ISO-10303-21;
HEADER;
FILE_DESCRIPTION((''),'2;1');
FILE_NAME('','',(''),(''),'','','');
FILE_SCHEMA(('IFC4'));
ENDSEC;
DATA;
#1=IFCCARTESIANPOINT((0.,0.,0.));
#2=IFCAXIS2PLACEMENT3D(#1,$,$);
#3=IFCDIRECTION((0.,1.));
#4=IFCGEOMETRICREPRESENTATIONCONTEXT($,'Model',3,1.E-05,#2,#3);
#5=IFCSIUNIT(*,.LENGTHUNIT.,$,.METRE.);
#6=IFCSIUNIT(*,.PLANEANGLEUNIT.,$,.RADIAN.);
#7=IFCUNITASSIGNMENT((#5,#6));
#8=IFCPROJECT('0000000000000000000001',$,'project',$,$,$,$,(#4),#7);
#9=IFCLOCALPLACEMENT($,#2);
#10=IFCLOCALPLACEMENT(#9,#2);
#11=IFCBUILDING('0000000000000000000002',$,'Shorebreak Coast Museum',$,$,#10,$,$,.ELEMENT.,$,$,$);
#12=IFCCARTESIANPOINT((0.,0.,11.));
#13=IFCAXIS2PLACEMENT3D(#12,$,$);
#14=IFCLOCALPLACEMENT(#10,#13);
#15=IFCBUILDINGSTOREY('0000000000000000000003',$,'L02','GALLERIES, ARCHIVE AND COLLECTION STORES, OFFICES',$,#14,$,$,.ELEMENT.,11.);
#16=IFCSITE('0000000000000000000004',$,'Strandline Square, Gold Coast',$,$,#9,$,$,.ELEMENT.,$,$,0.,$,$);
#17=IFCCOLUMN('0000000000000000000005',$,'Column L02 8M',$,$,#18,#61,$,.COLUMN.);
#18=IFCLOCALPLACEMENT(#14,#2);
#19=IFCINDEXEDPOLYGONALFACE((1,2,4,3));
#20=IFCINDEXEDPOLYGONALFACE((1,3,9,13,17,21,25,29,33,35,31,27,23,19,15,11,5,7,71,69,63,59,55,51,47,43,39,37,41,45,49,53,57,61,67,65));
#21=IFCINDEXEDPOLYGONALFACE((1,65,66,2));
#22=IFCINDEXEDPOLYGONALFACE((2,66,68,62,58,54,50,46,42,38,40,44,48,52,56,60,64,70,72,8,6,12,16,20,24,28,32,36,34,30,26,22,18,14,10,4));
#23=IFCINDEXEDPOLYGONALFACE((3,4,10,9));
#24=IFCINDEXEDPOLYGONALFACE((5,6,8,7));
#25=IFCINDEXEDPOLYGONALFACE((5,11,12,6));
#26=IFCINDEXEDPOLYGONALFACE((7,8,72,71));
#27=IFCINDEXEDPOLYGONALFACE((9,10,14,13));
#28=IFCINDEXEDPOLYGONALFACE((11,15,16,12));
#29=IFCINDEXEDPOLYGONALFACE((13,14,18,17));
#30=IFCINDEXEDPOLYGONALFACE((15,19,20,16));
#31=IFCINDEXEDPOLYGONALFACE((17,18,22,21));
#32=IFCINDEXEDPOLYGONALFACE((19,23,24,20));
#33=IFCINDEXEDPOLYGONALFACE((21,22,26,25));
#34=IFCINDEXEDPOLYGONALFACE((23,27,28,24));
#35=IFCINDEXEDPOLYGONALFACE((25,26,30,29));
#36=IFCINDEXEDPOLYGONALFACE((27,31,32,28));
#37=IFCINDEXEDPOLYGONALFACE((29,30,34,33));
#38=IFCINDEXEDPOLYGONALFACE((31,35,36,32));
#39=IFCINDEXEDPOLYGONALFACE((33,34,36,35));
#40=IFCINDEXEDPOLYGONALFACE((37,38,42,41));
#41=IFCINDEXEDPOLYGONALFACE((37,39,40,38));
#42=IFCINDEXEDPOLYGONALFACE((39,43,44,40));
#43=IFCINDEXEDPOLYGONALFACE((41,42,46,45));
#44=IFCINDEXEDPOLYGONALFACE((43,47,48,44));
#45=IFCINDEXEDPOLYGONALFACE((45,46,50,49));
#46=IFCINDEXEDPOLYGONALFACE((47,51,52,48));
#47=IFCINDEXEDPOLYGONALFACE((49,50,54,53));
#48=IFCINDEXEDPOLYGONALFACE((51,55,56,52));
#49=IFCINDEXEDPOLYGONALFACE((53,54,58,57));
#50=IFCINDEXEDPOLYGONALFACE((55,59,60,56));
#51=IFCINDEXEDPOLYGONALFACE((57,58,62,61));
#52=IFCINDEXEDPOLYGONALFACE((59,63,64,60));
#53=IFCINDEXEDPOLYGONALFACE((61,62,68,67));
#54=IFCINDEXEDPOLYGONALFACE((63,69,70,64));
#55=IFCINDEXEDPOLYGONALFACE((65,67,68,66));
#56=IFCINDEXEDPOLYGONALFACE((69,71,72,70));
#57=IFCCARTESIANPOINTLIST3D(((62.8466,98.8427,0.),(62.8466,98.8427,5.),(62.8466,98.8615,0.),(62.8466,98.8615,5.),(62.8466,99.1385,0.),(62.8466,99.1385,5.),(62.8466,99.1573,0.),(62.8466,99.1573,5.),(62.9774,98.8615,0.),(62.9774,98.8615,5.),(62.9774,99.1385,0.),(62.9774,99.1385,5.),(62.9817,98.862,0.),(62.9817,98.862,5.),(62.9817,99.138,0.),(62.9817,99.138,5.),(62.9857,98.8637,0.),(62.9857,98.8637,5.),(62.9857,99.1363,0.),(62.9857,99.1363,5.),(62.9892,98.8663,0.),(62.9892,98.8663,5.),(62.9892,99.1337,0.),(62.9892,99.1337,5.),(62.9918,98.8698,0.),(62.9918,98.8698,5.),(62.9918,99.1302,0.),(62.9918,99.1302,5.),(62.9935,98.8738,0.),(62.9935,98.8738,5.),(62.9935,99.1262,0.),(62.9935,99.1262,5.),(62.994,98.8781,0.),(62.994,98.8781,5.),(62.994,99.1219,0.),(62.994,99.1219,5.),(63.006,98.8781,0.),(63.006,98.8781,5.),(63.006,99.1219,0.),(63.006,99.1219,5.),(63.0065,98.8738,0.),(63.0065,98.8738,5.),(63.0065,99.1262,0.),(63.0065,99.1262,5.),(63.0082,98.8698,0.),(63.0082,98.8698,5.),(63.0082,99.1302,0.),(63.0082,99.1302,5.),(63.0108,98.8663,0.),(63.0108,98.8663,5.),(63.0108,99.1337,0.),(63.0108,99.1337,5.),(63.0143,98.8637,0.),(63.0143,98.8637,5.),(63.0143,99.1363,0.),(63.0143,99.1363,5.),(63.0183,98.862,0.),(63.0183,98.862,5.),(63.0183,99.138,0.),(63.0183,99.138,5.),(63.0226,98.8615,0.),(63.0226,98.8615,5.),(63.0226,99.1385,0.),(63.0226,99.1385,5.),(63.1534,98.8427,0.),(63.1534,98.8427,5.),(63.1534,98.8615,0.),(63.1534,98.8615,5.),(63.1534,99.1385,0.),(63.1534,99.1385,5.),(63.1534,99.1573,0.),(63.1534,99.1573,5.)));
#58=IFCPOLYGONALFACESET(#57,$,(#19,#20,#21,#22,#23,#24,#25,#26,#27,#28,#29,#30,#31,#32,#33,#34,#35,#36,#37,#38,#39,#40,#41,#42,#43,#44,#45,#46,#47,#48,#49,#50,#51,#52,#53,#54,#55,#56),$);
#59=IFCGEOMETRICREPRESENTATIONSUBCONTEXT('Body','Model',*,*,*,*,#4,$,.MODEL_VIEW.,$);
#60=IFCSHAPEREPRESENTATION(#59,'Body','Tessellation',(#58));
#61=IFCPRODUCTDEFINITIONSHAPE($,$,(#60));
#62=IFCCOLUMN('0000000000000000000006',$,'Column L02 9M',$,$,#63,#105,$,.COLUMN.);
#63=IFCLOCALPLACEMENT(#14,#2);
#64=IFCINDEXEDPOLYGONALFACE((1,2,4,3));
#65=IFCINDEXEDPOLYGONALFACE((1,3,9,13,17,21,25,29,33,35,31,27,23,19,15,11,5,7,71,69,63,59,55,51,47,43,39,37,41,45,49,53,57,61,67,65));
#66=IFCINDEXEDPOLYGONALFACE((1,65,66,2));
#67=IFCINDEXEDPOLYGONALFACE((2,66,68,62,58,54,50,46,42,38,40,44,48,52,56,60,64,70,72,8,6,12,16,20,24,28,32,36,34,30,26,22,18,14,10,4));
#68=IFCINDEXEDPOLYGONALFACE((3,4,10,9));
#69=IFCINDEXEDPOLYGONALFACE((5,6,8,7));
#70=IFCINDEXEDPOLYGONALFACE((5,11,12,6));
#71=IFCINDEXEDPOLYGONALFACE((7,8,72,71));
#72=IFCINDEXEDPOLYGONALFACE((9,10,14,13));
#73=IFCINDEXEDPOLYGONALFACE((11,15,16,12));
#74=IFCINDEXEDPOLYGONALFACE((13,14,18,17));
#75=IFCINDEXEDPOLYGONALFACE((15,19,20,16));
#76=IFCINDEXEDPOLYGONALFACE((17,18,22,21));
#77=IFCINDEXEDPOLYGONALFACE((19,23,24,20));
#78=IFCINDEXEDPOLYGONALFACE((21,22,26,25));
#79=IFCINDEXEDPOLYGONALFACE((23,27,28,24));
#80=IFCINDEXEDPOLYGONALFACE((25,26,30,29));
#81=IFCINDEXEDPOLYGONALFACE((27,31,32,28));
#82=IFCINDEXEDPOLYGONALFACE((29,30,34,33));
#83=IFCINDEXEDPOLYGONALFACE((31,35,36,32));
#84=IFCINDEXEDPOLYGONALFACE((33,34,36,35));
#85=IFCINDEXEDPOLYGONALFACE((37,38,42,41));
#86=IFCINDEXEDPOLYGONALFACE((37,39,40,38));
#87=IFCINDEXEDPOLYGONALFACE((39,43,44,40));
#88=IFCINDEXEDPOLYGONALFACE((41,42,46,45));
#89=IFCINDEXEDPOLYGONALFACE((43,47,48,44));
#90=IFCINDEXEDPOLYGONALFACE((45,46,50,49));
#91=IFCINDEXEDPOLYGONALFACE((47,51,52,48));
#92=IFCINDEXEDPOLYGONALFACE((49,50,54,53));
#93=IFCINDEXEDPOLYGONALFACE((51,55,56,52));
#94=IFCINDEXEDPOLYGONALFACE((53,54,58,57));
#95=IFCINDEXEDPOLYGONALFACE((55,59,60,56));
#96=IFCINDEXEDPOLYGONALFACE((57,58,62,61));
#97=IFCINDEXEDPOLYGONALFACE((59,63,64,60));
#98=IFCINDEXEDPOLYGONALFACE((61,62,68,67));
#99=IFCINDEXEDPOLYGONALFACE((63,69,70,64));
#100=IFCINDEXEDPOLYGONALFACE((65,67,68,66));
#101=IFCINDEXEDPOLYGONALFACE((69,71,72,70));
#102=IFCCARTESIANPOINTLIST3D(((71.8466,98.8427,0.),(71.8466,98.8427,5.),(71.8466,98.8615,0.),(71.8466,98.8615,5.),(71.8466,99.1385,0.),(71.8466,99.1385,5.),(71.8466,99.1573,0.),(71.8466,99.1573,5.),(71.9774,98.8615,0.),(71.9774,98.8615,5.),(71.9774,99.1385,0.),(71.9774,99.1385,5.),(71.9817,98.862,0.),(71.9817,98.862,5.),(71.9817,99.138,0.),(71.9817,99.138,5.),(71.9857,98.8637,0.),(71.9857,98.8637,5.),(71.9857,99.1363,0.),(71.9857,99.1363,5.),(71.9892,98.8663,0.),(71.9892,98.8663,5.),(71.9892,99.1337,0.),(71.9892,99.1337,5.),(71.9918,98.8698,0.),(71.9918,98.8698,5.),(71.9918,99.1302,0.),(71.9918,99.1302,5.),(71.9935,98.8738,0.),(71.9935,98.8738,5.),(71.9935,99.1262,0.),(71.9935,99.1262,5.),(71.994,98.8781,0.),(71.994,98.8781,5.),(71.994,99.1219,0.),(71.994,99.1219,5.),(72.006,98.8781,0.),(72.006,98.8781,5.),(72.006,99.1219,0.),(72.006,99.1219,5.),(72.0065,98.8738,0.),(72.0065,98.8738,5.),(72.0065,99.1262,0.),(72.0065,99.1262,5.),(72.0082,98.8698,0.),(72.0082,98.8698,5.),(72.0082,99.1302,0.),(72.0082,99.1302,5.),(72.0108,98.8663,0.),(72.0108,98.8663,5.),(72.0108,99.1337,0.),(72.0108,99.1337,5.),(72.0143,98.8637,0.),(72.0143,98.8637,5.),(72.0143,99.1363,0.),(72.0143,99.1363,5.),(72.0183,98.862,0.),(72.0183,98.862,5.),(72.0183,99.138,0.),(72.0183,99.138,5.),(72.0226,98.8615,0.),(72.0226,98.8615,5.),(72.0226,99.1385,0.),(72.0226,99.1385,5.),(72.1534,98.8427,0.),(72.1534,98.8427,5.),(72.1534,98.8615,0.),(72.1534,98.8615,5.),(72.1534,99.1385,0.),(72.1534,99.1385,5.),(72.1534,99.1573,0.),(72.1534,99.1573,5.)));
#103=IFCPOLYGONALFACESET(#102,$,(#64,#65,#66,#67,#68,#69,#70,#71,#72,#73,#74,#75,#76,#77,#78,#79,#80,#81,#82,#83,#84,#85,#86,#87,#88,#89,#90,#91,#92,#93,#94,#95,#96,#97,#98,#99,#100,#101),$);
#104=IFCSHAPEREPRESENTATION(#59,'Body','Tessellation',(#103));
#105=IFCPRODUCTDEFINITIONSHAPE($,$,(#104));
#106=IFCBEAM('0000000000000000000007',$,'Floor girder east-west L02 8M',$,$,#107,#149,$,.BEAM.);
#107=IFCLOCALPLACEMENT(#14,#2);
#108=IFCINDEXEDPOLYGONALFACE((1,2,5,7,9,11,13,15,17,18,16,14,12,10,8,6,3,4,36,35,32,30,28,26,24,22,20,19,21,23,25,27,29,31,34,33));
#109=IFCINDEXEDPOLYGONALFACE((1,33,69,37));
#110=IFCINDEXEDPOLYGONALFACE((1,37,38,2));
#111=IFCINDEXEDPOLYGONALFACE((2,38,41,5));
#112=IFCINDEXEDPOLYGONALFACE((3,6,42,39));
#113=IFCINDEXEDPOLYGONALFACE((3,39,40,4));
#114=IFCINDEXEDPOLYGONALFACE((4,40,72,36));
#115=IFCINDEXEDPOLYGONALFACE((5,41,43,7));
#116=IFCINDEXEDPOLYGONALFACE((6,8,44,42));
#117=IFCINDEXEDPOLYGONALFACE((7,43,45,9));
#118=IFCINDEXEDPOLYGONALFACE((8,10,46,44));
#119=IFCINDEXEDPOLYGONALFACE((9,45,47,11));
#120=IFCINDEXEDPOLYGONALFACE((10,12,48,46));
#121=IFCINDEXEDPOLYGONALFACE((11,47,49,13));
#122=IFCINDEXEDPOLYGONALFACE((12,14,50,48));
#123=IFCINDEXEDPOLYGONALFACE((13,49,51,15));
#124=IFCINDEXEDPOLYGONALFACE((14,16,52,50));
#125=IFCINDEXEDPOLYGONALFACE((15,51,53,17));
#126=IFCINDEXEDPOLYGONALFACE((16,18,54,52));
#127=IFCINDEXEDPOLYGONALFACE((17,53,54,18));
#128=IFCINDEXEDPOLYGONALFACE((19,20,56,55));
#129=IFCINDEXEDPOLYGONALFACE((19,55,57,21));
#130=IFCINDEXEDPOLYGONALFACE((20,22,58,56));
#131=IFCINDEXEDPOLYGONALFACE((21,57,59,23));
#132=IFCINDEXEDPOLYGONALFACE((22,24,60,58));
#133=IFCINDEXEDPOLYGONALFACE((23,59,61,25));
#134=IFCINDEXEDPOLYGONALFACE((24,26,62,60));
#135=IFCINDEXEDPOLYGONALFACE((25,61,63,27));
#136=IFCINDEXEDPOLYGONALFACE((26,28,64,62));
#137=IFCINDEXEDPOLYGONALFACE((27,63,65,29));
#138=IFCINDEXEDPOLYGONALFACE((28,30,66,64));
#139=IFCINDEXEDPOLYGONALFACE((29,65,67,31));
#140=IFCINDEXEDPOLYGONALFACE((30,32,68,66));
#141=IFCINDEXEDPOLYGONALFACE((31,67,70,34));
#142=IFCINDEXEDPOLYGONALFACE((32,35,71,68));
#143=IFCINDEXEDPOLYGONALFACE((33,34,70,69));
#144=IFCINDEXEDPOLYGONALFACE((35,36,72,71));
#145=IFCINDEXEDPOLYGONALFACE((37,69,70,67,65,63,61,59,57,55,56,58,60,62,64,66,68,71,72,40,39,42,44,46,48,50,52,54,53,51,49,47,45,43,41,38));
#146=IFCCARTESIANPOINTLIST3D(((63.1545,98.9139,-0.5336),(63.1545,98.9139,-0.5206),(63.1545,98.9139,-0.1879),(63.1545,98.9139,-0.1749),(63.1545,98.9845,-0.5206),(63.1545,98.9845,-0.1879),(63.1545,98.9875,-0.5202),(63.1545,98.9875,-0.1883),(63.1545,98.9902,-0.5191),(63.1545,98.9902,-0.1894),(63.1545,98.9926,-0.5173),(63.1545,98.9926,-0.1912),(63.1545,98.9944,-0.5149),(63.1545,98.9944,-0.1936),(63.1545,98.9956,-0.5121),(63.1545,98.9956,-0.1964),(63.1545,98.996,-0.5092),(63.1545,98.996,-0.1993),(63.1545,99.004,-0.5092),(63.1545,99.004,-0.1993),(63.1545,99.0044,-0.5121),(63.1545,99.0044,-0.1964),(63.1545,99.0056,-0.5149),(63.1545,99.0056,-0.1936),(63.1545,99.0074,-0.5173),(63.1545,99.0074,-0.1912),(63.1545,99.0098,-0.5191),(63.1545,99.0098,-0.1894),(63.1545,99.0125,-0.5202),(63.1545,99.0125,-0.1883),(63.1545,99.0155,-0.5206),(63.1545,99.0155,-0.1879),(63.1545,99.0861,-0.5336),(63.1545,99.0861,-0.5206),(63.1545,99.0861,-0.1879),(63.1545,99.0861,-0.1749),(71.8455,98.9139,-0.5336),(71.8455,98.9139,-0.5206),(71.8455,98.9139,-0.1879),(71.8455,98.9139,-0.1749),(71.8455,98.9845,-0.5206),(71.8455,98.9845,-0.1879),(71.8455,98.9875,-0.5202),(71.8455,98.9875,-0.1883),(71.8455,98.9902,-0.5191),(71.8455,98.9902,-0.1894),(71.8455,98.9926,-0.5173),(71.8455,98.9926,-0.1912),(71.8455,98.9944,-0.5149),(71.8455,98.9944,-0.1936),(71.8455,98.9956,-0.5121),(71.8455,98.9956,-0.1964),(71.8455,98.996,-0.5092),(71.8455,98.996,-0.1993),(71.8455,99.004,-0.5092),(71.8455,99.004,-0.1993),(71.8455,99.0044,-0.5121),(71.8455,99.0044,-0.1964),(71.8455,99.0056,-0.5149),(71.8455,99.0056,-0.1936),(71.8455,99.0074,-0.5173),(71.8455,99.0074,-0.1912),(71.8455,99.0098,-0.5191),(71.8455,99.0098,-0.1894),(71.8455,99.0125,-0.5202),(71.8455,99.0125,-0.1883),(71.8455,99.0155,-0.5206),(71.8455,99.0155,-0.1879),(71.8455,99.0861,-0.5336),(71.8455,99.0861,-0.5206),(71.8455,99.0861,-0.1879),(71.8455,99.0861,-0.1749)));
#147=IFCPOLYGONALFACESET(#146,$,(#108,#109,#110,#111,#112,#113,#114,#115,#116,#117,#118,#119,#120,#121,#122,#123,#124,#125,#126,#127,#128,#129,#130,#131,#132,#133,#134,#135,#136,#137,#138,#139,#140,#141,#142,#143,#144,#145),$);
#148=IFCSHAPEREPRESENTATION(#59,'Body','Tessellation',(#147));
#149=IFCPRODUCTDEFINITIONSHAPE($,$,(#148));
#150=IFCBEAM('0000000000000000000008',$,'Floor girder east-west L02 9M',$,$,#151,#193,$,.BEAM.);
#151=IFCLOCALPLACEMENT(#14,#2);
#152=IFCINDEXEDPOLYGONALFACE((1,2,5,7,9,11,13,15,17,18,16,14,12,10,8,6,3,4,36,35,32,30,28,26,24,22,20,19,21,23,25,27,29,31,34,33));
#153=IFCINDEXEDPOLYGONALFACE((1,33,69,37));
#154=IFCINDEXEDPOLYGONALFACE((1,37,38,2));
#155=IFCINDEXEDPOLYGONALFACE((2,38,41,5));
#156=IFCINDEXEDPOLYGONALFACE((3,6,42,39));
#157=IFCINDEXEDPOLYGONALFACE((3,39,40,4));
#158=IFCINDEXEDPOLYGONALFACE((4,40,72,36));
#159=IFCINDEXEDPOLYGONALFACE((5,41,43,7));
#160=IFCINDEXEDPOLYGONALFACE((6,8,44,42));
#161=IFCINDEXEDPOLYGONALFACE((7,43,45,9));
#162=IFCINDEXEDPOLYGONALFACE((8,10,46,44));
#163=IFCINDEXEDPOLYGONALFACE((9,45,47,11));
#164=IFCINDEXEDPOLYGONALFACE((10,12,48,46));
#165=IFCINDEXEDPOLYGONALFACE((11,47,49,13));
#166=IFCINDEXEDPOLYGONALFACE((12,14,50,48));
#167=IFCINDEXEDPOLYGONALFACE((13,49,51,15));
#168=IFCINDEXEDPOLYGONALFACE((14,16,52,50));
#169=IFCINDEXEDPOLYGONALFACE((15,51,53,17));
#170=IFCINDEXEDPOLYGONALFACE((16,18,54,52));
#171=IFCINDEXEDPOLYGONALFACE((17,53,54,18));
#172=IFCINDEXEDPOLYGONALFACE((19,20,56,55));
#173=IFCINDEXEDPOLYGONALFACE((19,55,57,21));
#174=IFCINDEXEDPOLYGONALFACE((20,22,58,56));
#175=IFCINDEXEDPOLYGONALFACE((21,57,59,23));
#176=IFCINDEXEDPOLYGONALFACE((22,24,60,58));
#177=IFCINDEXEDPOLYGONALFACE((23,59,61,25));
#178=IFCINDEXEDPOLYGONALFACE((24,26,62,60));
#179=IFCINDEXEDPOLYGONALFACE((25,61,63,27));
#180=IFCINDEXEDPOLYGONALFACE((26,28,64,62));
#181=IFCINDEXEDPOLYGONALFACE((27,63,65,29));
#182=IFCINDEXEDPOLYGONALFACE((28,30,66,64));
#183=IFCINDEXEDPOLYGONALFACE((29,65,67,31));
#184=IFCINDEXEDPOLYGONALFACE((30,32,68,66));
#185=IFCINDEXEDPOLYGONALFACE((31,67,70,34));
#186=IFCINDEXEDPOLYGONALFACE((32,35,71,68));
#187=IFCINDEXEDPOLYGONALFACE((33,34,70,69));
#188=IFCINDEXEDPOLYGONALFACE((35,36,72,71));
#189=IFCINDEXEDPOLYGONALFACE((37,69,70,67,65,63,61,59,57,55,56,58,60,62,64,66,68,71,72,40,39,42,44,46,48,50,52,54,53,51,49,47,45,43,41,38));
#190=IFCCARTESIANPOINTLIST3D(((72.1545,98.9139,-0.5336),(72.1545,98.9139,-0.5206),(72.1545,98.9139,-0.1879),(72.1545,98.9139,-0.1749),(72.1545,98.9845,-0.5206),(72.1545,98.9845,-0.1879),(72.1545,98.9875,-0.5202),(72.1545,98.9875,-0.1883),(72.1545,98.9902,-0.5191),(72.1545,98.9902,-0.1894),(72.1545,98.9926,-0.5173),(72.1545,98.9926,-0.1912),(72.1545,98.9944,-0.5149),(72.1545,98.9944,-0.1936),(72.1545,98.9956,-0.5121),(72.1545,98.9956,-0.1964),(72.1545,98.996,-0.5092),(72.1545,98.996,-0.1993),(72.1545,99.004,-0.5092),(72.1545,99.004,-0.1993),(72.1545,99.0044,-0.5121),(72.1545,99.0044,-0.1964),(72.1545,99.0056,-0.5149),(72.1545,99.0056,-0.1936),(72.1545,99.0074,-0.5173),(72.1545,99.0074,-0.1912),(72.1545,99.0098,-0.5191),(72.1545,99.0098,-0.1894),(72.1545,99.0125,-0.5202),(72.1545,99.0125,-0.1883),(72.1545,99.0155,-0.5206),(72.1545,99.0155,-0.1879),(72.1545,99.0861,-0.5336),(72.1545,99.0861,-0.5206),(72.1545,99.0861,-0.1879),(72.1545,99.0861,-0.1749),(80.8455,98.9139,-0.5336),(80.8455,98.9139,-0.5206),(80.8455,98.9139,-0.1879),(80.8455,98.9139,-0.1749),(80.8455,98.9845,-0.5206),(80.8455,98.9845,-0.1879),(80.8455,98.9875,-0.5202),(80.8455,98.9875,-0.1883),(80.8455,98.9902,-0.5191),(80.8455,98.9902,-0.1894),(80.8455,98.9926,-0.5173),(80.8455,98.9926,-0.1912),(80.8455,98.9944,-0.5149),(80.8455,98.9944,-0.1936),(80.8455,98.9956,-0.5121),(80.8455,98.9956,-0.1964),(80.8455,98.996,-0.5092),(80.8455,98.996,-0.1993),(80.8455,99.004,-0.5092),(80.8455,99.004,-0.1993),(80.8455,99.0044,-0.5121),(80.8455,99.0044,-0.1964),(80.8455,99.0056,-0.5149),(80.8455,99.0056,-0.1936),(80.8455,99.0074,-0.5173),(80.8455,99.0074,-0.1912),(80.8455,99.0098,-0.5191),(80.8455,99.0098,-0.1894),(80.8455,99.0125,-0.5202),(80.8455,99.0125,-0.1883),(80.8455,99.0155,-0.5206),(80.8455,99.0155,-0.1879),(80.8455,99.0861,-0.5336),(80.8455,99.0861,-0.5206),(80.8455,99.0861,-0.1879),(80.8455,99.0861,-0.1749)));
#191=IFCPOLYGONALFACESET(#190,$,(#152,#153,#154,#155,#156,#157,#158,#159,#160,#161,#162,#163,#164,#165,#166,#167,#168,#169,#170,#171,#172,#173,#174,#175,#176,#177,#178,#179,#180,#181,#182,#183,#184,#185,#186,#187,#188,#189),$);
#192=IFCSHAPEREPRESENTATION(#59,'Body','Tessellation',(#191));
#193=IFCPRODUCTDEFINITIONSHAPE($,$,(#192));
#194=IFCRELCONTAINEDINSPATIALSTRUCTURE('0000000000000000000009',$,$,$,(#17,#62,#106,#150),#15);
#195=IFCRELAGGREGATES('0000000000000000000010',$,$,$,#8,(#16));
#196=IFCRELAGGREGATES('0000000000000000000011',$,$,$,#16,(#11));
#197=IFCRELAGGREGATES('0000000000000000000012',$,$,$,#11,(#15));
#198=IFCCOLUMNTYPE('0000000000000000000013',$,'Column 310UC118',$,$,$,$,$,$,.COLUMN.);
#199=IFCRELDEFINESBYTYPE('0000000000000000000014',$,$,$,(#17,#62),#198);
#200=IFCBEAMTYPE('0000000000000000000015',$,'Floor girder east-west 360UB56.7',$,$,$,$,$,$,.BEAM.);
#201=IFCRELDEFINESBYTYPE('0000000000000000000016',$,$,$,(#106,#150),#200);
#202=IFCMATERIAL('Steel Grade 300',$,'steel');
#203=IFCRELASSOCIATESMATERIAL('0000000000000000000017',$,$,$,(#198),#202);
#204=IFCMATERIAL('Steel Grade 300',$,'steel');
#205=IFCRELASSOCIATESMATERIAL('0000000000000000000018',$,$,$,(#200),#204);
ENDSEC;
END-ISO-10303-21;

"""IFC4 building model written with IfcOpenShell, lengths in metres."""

from ifc_helpers import new_model, si_unit, direction, frame, origin, origin_2d, place, context, subcontext, project, spatial, i_section, extrude, material, material_profile, profile_set, type_object, element, save


model = new_model("IFC4")

# Units and contexts
model_context = context("Model", 3, precision=1e-05, world=origin(), true_north=direction((0.0, 1.0)))
body_context = subcontext(model_context, "Body", "Model", "MODEL_VIEW")
ifc_project = project(units=[si_unit("LENGTHUNIT", "METRE"), si_unit("PLANEANGLEUNIT", "RADIAN")], contexts=[model_context])

# Site, building, storey
site_placement = place(None, origin())
site = spatial("IfcSite", under=ifc_project, at=site_placement, Name="Strandline Square, Gold Coast", CompositionType="ELEMENT", RefElevation=0.0)
building_placement = place(site_placement, origin())
building = spatial("IfcBuilding", under=site, at=building_placement, Name="Shorebreak Coast Museum", CompositionType="ELEMENT")
storey_placement = place(building_placement, frame((0.0, 0.0, 11.0)))
storey = spatial("IfcBuildingStorey", under=building, at=storey_placement, Name="L02", Description="GALLERIES, ARCHIVE AND COLLECTION STORES, OFFICES", CompositionType="ELEMENT", Elevation=11.0)

# Columns
ifc_material_1 = material(Name="Steel Grade 300", Category="steel")
ifc_material_profile_1 = material_profile(ifc_material_1, i_section(OverallWidth=0.3069, OverallDepth=0.3147, WebThickness=0.012, FlangeThickness=0.0188, FilletRadius=0.0166, at=origin_2d()), Name="310UC118")
ifc_profile_set_1 = profile_set([ifc_material_profile_1], Name="Steel Grade 300")
column_type = type_object("IfcColumnType", Name="Column 310UC118", PredefinedType="COLUMN", material=ifc_profile_set_1)
for number, where, z_axis, x_axis, name in (
    (1, (63.0, 99.0, 0.0), (0.0, 0.0, 1.0), (1.0, 0.0, 0.0), "Column L02 8M"),
    (2, (72.0, 99.0, 0.0), (0.0, 0.0, 1.0), (1.0, 0.0, 0.0), "Column L02 9M"),
):
    element("IfcColumn", number, at=place(storey_placement, frame(where, z_axis=z_axis, x_axis=x_axis)), inside=storey, type_object=column_type, Name=name, PredefinedType="COLUMN", context=body_context, shape_type="SweptSolid", body=[
        extrude(i_section(OverallWidth=0.3069, OverallDepth=0.3147, WebThickness=0.012, FlangeThickness=0.0188, FilletRadius=0.0166, at=origin_2d()), origin(), (0.0, 0.0, 1.0), 5.0),
    ])

# Beams
ifc_material_2 = material(Name="Steel Grade 300", Category="steel")
ifc_material_profile_2 = material_profile(ifc_material_2, i_section(OverallWidth=0.1721, OverallDepth=0.3586, WebThickness=0.0081, FlangeThickness=0.0129, FilletRadius=0.0115, at=origin_2d()), Name="360UB56.7")
ifc_profile_set_2 = profile_set([ifc_material_profile_2], Name="Steel Grade 300")
beam_type_1 = type_object("IfcBeamType", Name="Floor girder east-west 360UB56.7", PredefinedType="BEAM", material=ifc_profile_set_2)
for number, where, z_axis, x_axis, name in (
    (3, (63.1545, 99.0, -0.3542), (1.0, 0.0, 0.0), (0.0, 1.0, 0.0), "Floor girder east-west L02 8M"),
    (4, (72.1545, 99.0, -0.3542), (1.0, 0.0, 0.0), (0.0, 1.0, 0.0), "Floor girder east-west L02 9M"),
):
    element("IfcBeam", number, at=place(storey_placement, frame(where, z_axis=z_axis, x_axis=x_axis)), inside=storey, type_object=beam_type_1, Name=name, PredefinedType="BEAM", context=body_context, shape_type="SweptSolid", body=[
        extrude(i_section(OverallWidth=0.1721, OverallDepth=0.3586, WebThickness=0.0081, FlangeThickness=0.0129, FilletRadius=0.0115, at=origin_2d()), origin(), (0.0, 0.0, 1.0), 8.6909),
    ])

save(model, "model.ifc")
